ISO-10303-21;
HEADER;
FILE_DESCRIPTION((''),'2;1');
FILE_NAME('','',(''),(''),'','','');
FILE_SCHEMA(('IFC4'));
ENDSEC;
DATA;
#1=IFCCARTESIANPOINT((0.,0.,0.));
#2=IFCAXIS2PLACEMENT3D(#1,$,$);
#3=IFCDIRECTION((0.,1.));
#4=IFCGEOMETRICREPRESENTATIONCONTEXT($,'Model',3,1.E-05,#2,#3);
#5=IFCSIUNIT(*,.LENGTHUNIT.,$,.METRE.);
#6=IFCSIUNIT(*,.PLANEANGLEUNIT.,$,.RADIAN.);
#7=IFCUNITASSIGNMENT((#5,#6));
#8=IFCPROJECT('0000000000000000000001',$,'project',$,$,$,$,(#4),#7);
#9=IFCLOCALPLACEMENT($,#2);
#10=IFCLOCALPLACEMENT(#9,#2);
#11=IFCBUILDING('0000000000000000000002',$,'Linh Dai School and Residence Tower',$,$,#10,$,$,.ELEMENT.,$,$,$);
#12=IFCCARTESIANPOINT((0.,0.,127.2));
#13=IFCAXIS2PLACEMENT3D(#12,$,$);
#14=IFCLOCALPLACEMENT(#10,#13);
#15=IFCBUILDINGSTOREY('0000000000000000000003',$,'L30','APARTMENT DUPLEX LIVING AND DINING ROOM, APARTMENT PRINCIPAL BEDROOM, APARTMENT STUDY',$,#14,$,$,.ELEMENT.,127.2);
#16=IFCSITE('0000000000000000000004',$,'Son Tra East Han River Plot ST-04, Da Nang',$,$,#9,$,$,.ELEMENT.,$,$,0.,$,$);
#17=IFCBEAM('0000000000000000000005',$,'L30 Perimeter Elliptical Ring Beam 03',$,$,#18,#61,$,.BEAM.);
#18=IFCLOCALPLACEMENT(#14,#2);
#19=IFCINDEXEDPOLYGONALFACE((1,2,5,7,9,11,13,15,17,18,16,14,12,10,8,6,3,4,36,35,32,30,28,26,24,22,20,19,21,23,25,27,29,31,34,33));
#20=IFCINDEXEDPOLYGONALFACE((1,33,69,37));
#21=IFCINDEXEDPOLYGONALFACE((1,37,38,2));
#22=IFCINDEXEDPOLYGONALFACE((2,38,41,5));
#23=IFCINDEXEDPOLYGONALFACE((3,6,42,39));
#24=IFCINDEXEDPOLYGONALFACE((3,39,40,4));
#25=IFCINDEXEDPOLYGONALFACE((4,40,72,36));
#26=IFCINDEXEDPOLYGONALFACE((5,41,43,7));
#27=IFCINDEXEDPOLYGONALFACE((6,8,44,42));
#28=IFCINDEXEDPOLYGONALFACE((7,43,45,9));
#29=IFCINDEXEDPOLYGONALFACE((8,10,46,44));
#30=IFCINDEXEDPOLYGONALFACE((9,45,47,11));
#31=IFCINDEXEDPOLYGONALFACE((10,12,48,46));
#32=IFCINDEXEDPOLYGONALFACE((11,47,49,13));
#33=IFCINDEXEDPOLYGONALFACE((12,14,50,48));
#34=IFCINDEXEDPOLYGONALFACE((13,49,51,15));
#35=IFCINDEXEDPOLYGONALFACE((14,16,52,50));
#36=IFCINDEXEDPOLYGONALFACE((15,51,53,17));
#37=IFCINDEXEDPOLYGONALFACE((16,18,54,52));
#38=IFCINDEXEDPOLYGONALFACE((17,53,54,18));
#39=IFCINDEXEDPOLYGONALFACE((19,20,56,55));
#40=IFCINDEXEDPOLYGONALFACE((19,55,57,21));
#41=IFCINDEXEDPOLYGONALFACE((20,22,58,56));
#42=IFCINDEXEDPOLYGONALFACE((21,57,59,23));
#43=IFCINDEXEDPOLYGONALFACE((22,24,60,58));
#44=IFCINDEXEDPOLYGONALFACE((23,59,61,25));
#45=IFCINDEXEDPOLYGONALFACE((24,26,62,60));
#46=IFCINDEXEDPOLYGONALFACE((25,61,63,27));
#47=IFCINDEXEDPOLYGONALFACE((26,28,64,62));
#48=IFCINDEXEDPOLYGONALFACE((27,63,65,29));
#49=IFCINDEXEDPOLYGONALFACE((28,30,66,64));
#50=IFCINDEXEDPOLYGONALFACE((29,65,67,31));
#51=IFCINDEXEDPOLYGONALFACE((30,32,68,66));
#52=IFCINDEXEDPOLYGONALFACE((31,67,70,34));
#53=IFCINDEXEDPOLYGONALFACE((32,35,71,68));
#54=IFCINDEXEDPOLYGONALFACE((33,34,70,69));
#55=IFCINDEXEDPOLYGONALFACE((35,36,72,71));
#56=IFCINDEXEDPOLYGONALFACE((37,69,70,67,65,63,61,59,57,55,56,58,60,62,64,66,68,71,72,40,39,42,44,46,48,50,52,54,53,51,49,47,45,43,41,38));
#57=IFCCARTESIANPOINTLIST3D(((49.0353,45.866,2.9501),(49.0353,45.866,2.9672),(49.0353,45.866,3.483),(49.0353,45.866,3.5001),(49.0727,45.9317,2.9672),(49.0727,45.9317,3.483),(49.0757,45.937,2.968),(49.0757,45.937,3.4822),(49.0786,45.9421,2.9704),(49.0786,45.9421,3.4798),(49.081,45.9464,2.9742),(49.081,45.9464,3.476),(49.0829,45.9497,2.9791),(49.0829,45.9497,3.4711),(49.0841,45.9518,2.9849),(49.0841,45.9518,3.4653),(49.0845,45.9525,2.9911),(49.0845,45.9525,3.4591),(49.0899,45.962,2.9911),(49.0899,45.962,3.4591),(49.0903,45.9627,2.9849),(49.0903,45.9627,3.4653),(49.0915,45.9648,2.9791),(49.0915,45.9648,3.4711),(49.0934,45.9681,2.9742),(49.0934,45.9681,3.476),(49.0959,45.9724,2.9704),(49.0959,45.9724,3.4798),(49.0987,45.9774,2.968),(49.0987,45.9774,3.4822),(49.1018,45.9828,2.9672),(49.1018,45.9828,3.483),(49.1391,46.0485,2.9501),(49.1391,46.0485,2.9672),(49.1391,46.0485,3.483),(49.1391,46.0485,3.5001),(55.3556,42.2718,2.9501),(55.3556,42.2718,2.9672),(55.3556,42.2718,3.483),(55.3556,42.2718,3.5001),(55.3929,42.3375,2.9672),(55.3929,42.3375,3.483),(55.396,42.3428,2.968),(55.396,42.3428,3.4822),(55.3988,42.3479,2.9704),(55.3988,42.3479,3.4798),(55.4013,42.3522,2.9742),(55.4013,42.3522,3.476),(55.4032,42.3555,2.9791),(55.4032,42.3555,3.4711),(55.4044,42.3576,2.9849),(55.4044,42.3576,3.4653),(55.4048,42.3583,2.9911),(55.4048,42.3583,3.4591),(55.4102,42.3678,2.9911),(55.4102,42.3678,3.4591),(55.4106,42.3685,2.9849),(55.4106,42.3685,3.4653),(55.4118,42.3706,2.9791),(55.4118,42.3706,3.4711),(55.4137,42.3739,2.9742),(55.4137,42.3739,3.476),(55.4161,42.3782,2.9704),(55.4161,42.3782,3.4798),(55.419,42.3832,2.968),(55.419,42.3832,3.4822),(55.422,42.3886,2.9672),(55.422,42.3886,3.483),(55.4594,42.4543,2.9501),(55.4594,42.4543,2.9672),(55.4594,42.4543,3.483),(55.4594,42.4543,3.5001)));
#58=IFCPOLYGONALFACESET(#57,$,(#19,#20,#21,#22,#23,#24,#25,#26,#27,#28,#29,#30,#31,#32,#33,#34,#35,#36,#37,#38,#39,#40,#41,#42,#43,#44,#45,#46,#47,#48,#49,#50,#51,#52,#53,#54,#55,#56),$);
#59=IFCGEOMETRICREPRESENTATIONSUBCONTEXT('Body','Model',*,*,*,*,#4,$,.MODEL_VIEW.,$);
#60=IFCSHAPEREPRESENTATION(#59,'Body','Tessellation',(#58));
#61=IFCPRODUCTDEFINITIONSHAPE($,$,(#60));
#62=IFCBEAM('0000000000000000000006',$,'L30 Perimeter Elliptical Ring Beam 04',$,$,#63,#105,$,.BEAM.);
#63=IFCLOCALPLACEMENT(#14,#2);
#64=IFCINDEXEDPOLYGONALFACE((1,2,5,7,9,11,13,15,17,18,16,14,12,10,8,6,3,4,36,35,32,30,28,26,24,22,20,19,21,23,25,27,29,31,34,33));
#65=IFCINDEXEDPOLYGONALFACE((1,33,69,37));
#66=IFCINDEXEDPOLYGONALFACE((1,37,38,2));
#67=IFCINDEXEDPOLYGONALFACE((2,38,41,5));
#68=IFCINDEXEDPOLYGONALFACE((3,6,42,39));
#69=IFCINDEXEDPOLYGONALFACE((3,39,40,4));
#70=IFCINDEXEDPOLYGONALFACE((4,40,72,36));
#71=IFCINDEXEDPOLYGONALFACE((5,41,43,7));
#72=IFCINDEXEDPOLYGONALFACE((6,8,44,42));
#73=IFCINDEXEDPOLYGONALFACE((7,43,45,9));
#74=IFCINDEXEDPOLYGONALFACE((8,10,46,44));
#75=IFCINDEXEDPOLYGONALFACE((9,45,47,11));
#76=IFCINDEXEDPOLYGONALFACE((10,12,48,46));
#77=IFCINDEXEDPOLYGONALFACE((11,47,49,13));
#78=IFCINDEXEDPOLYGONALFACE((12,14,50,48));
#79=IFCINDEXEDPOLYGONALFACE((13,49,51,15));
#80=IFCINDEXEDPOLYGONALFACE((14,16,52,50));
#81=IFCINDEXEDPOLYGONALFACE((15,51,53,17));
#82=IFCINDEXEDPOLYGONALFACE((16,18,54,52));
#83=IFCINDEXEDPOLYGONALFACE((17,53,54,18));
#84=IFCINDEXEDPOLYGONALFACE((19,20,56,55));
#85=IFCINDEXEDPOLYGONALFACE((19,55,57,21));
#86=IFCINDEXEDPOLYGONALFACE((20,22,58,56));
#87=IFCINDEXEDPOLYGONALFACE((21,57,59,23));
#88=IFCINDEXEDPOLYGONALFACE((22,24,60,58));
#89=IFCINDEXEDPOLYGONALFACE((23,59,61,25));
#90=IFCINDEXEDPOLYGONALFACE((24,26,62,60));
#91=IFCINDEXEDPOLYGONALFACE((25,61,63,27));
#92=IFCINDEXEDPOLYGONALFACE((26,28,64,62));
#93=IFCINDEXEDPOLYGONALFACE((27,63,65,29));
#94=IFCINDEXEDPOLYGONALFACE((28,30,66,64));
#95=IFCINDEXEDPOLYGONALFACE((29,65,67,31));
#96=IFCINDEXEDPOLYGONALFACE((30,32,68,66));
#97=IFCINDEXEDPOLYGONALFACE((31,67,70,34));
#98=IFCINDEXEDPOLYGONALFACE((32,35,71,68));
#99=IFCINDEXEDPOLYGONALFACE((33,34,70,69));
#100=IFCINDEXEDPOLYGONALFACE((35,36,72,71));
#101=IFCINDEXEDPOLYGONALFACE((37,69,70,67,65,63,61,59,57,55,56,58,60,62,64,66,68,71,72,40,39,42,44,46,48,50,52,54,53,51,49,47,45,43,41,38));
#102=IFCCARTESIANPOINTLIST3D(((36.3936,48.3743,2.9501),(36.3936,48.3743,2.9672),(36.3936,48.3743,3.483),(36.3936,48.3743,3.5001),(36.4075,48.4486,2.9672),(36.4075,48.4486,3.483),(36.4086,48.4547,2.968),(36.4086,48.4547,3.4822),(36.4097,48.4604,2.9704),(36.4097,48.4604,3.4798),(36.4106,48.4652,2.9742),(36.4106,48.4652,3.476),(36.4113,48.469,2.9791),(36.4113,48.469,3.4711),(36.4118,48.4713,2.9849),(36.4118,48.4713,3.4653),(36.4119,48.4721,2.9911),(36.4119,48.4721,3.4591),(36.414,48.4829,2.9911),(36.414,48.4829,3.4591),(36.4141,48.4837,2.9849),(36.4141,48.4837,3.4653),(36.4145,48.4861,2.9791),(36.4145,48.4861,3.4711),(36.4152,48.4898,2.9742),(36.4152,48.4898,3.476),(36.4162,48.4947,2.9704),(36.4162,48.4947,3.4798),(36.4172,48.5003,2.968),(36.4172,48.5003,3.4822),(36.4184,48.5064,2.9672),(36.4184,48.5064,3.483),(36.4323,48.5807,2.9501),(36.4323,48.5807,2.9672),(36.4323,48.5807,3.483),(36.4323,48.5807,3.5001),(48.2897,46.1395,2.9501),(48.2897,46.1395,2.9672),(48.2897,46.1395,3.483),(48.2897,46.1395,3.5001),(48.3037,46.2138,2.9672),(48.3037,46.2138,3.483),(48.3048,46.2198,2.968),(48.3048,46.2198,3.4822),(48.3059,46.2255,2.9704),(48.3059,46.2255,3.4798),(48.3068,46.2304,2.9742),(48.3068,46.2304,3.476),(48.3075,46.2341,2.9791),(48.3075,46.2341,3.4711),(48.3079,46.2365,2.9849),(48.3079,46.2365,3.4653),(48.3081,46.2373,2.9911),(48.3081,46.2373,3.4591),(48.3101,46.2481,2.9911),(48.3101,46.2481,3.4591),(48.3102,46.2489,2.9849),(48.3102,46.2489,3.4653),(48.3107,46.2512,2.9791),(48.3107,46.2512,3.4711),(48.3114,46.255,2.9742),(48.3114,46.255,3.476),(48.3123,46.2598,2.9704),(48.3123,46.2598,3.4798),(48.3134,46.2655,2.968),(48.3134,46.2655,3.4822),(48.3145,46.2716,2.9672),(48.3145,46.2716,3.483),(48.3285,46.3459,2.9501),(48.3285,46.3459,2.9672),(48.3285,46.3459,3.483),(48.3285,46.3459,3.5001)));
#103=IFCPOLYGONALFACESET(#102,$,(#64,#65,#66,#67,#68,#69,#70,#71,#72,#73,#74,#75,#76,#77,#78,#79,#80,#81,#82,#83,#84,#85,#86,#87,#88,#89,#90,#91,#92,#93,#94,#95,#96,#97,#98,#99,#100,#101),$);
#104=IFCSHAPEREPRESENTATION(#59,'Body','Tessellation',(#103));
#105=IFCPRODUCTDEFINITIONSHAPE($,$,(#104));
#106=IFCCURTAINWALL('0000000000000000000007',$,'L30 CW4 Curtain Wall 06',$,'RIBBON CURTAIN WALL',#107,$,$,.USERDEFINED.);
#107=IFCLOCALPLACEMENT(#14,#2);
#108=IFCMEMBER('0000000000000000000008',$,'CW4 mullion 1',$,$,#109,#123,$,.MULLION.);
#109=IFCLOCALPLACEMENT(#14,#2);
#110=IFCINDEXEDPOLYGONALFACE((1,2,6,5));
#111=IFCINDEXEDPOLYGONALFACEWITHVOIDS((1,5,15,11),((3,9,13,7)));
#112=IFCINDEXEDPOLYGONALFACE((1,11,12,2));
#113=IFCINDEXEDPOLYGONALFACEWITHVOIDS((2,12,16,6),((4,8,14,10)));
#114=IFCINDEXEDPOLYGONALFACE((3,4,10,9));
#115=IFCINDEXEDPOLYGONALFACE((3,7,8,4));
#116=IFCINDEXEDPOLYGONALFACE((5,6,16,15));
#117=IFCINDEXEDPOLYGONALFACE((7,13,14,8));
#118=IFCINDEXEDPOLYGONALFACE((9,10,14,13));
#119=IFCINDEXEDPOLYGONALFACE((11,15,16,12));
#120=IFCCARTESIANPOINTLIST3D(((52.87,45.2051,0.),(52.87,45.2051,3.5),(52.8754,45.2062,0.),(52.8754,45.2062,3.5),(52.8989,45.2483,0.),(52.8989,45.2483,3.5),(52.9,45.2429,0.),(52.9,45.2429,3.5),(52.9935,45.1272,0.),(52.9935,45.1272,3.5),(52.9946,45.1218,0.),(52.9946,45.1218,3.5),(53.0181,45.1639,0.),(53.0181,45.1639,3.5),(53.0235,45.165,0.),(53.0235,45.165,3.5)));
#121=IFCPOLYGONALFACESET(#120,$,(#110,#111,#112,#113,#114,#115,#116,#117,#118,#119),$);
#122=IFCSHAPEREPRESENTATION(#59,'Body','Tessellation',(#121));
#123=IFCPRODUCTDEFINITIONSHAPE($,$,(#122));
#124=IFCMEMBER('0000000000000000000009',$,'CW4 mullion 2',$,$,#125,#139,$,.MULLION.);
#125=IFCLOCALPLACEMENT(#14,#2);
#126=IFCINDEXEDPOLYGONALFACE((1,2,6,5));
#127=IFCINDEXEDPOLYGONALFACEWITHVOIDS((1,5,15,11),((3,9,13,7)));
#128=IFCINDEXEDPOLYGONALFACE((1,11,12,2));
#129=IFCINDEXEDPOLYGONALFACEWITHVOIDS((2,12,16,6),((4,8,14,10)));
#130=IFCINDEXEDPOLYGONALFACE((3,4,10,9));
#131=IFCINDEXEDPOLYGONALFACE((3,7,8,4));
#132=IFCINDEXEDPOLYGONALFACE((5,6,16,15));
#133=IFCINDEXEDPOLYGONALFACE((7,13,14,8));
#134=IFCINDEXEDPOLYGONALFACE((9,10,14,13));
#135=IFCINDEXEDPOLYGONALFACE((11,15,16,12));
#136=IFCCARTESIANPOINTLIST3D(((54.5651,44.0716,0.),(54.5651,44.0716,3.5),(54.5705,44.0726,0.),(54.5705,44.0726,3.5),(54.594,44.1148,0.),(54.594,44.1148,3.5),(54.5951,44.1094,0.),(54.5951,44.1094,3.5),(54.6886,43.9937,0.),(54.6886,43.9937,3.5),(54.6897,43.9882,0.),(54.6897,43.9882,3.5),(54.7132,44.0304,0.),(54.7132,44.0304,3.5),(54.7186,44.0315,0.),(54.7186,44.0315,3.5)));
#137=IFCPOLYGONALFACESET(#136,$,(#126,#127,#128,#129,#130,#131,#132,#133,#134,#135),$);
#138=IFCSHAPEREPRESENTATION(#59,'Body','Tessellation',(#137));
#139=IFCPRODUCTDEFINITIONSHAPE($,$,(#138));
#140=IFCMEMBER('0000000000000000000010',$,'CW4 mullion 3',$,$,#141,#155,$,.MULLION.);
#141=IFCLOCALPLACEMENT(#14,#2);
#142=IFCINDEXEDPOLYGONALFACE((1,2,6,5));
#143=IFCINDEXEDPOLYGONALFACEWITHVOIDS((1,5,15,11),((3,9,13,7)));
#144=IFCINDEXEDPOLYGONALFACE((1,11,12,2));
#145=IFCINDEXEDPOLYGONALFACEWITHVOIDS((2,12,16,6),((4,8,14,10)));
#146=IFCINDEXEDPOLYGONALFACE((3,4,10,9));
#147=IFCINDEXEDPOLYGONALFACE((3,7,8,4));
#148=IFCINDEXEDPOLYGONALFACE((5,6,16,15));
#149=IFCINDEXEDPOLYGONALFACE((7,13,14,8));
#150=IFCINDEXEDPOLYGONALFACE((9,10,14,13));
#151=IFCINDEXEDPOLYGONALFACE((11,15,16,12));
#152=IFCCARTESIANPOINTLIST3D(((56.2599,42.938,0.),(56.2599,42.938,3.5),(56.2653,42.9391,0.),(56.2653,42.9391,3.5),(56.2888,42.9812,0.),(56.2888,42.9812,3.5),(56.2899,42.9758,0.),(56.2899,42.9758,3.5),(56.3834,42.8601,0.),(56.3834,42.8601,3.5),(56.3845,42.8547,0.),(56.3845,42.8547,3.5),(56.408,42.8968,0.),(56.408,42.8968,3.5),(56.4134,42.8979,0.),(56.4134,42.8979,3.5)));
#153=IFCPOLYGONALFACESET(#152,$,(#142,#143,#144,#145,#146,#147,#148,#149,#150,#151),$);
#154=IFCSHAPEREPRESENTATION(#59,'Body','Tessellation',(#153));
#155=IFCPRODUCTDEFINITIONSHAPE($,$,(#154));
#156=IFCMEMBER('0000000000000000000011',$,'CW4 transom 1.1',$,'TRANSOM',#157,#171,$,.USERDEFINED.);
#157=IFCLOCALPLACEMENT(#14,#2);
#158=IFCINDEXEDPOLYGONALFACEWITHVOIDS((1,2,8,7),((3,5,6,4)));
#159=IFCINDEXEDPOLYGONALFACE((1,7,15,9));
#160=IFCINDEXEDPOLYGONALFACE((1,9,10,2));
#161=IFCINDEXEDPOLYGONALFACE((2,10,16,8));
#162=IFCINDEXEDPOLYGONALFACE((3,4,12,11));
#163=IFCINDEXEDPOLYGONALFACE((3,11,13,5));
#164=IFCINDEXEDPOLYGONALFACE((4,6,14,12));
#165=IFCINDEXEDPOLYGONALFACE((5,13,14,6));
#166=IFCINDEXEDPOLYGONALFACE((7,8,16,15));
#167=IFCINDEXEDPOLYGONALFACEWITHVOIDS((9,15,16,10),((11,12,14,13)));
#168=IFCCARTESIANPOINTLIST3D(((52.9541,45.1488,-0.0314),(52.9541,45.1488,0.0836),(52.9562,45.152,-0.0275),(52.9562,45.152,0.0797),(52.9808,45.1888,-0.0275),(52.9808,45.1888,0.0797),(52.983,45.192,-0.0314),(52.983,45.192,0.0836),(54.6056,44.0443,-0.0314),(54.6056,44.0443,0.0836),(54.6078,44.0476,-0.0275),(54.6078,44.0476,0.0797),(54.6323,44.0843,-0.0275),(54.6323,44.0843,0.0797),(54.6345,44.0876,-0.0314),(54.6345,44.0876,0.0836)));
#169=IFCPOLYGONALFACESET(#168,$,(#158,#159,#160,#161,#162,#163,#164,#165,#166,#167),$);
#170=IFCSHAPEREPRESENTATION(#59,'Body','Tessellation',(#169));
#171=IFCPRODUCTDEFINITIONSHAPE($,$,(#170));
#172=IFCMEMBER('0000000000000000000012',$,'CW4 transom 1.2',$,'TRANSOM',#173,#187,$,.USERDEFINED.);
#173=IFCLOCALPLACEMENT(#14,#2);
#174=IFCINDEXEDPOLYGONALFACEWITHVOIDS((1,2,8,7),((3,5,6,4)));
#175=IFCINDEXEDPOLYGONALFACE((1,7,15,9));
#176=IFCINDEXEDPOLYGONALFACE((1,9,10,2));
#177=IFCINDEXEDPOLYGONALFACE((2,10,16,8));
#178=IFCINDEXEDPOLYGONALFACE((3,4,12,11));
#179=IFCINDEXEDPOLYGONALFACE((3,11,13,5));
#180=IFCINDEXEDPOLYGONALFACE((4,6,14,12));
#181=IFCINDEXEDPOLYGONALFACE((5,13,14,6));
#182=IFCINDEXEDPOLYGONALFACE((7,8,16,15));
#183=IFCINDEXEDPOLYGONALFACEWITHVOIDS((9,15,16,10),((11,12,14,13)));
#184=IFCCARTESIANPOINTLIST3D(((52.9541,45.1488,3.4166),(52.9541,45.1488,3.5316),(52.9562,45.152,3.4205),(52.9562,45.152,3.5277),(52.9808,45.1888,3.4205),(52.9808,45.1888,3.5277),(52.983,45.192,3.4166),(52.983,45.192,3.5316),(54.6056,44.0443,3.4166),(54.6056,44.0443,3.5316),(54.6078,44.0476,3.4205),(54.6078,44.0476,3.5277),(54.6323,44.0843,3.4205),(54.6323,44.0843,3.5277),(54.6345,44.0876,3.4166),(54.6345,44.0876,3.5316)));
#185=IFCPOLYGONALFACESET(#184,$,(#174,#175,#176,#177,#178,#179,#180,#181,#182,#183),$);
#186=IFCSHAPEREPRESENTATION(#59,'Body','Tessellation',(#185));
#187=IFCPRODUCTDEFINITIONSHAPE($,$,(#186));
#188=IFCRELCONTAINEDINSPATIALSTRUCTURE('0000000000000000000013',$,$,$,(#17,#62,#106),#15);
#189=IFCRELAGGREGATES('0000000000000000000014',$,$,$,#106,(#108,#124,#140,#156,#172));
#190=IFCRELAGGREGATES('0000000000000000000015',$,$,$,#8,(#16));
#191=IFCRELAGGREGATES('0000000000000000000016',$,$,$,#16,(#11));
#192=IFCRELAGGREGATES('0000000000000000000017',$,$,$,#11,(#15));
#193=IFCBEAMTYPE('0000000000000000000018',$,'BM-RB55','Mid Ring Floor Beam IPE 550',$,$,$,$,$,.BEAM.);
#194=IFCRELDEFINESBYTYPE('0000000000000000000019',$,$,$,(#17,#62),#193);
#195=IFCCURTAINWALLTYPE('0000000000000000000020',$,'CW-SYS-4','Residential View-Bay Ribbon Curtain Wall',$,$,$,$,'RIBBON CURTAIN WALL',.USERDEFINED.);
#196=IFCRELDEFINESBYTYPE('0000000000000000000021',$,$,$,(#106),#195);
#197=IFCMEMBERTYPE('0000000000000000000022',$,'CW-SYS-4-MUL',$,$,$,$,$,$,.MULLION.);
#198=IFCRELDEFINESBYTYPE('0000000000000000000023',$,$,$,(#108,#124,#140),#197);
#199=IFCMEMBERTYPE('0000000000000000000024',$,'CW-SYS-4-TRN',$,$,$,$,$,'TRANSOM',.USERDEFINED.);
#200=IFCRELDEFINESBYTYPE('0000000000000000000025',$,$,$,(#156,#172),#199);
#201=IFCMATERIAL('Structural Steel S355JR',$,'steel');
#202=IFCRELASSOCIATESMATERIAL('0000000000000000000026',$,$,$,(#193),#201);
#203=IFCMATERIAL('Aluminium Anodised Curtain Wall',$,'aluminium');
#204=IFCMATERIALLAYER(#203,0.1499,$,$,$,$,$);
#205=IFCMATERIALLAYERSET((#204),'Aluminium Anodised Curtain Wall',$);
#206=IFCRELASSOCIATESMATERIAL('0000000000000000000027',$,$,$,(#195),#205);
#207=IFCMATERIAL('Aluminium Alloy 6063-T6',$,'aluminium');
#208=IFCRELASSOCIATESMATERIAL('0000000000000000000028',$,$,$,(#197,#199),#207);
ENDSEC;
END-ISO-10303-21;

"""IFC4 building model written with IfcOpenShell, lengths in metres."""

from ifc_helpers import new_model, si_unit, direction, frame, origin, origin_2d, place, context, subcontext, project, spatial, hollow_rectangle, i_section, extrude, source, transform, mapped, material, layer, layer_set, material_profile, profile_set, type_object, element, aggregate, save


model = new_model("IFC4")

# Units and contexts
model_context = context("Model", 3, precision=1e-05, world=origin(), true_north=direction((0.0, 1.0)))
body_context = subcontext(model_context, "Body", "Model", "MODEL_VIEW")
ifc_project = project(units=[si_unit("LENGTHUNIT", "METRE"), si_unit("PLANEANGLEUNIT", "RADIAN")], contexts=[model_context])

# Site, building, storey
site_placement = place(None, origin())
site = spatial("IfcSite", under=ifc_project, at=site_placement, Name="Son Tra East Han River Plot ST-04, Da Nang", CompositionType="ELEMENT", RefElevation=0.0)
building_placement = place(site_placement, origin())
building = spatial("IfcBuilding", under=site, at=building_placement, Name="Linh Dai School and Residence Tower", CompositionType="ELEMENT")
storey_placement = place(building_placement, frame((0.0, 0.0, 127.2)))
storey = spatial("IfcBuildingStorey", under=building, at=storey_placement, Name="L30", Description="APARTMENT DUPLEX LIVING AND DINING ROOM, APARTMENT PRINCIPAL BEDROOM, APARTMENT STUDY", CompositionType="ELEMENT", Elevation=127.2)

# Shared definitions
ifc_material_1 = material(Name="Structural Steel S355JR", Category="steel")

# Beams
ifc_material_profile_1 = material_profile(ifc_material_1, i_section(OverallWidth=0.21, OverallDepth=0.55, WebThickness=0.011, FlangeThickness=0.0171, FilletRadius=0.0239, at=origin_2d()), Name="IPE 550")
ifc_profile_set_1 = profile_set([ifc_material_profile_1], Name="Structural Steel S355JR")
beam_type = type_object("IfcBeamType", Name="BM-RB55", Description="Mid Ring Floor Beam IPE 550", PredefinedType="BEAM", material=ifc_profile_set_1)
beam_1_placement = place(storey_placement, frame((55.4075, 42.363, 3.2251), z_axis=(-0.86927, 0.494337, 0.0), x_axis=(-0.494337, -0.86927, 0.0)))
element("IfcBeam", 1, at=beam_1_placement, inside=storey, type_object=beam_type, Name="L30 Perimeter Elliptical Ring Beam 03", PredefinedType="BEAM", context=body_context, shape_type="SweptSolid", body=[
    extrude(i_section(OverallWidth=0.21, OverallDepth=0.55, WebThickness=0.011, FlangeThickness=0.0171, FilletRadius=0.0239, at=origin_2d()), origin(), (0.0, 0.0, 1.0), 7.2708),
])
beam_2_placement = place(storey_placement, frame((48.3091, 46.2427, 3.2251), z_axis=(-0.982808, 0.184633, 0.0), x_axis=(-0.184633, -0.982808, 0.0)))
element("IfcBeam", 2, at=beam_2_placement, inside=storey, type_object=beam_type, Name="L30 Perimeter Elliptical Ring Beam 04", PredefinedType="BEAM", context=body_context, shape_type="SweptSolid", body=[
    extrude(i_section(OverallWidth=0.21, OverallDepth=0.55, WebThickness=0.011, FlangeThickness=0.0171, FilletRadius=0.0239, at=origin_2d()), origin(), (0.0, 0.0, 1.0), 12.1042),
])

# Curtain wall, members
ifc_material_2 = material(Name="Aluminium Anodised Curtain Wall", Category="aluminium")
ifc_layer_1 = layer(ifc_material_2, 0.1499)
ifc_layer_set_1 = layer_set([ifc_layer_1], Name="Aluminium Anodised Curtain Wall")
curtain_wall_type = type_object("IfcCurtainWallType", Name="CW-SYS-4", Description="Residential View-Bay Ribbon Curtain Wall", ElementType="RIBBON CURTAIN WALL", PredefinedType="USERDEFINED", material=ifc_layer_set_1)
curtain_wall_placement = place(storey_placement, origin())
curtain_wall = element("IfcCurtainWall", 3, at=curtain_wall_placement, inside=storey, type_object=curtain_wall_type, Name="L30 CW4 Curtain Wall 06", ObjectType="RIBBON CURTAIN WALL", PredefinedType="USERDEFINED")
ifc_material_3 = material(Name="Aluminium Alloy 6063-T6", Category="aluminium")
ifc_material_profile_2 = material_profile(ifc_material_3, hollow_rectangle(XDim=0.052, YDim=0.1499, WallThickness=0.0039, at=origin_2d()), Name="RHS 150x52x4")
ifc_profile_set_2 = profile_set([ifc_material_profile_2], Name="Aluminium Alloy 6063-T6")
member_type_1 = type_object("IfcMemberType", Name="CW-SYS-4-MUL", PredefinedType="MULLION", material=ifc_profile_set_2)
shared_shape_1 = source(origin(), body_context, "Body", "SweptSolid", [
    extrude(hollow_rectangle(XDim=0.052, YDim=0.1499, WallThickness=0.0039, at=origin_2d()), origin(), (0.0, 0.0, 1.0), 3.5),
])
member_1_placement = place(storey_placement, frame((52.9468, 45.1851, 0.0), z_axis=(0.0, 0.0, 1.0), x_axis=(0.555913, 0.83124, 0.0)))
member_1 = element("IfcMember", 4, at=member_1_placement, type_object=member_type_1, Name="CW4 mullion 1", PredefinedType="MULLION", context=body_context, shape_type="MappedRepresentation", body=[
    mapped(shared_shape_1, transform((0.0, 0.0, 0.0), x_axis=(1.0, 0.0, 0.0), y_axis=(0.0, 1.0, 0.0), z_axis=(0.0, 0.0, 1.0), scale=1.0)),
])
member_2_placement = place(storey_placement, frame((54.6418, 44.0515, 0.0), z_axis=(0.0, 0.0, 1.0), x_axis=(0.555913, 0.83124, 0.0)))
member_2 = element("IfcMember", 5, at=member_2_placement, type_object=member_type_1, Name="CW4 mullion 2", PredefinedType="MULLION", context=body_context, shape_type="MappedRepresentation", body=[
    mapped(shared_shape_1, transform((0.0, 0.0, 0.0), x_axis=(1.0, 0.0, 0.0), y_axis=(0.0, 1.0, 0.0), z_axis=(0.0, 0.0, 1.0), scale=1.0)),
])
member_3_placement = place(storey_placement, frame((56.3367, 42.918, 0.0), z_axis=(0.0, 0.0, 1.0), x_axis=(0.555913, 0.83124, 0.0)))
member_3 = element("IfcMember", 6, at=member_3_placement, type_object=member_type_1, Name="CW4 mullion 3", PredefinedType="MULLION", context=body_context, shape_type="MappedRepresentation", body=[
    mapped(shared_shape_1, transform((0.0, 0.0, 0.0), x_axis=(1.0, 0.0, 0.0), y_axis=(0.0, 1.0, 0.0), z_axis=(0.0, 0.0, 1.0), scale=1.0)),
])
ifc_material_profile_3 = material_profile(ifc_material_3, hollow_rectangle(XDim=0.052, YDim=0.115, WallThickness=0.0039, at=origin_2d()), Name="RHS 115x52x4")
ifc_profile_set_3 = profile_set([ifc_material_profile_3], Name="Aluminium Alloy 6063-T6")
member_type_2 = type_object("IfcMemberType", Name="CW-SYS-4-TRN", ElementType="TRANSOM", PredefinedType="USERDEFINED", material=ifc_profile_set_3)
shared_shape_2 = source(origin(), body_context, "Body", "SweptSolid", [
    extrude(hollow_rectangle(XDim=0.052, YDim=0.115, WallThickness=0.0039, at=origin_2d()), origin(), (0.0, 0.0, 1.0), 1.9868),
])
member_4_placement = place(storey_placement, frame((52.9685, 45.1704, 0.0261), z_axis=(0.831255, -0.555891, 0.0), x_axis=(0.555891, 0.831255, 0.0)))
member_4 = element("IfcMember", 7, at=member_4_placement, type_object=member_type_2, Name="CW4 transom 1.1", ObjectType="TRANSOM", PredefinedType="USERDEFINED", context=body_context, shape_type="MappedRepresentation", body=[
    mapped(shared_shape_2, transform((0.0, 0.0, 0.0), x_axis=(1.0, 0.0, 0.0), y_axis=(0.0, 1.0, 0.0), z_axis=(0.0, 0.0, 1.0), scale=1.0)),
])
member_5_placement = place(storey_placement, frame((52.9685, 45.1704, 3.4741), z_axis=(0.831255, -0.555891, 0.0), x_axis=(0.555891, 0.831255, 0.0)))
member_5 = element("IfcMember", 8, at=member_5_placement, type_object=member_type_2, Name="CW4 transom 1.2", ObjectType="TRANSOM", PredefinedType="USERDEFINED", context=body_context, shape_type="MappedRepresentation", body=[
    mapped(shared_shape_2, transform((0.0, 0.0, 0.0), x_axis=(1.0, 0.0, 0.0), y_axis=(0.0, 1.0, 0.0), z_axis=(0.0, 0.0, 1.0), scale=1.0)),
])

aggregate(curtain_wall, [member_1, member_2, member_3, member_4, member_5])

save(model, "model.ifc")
